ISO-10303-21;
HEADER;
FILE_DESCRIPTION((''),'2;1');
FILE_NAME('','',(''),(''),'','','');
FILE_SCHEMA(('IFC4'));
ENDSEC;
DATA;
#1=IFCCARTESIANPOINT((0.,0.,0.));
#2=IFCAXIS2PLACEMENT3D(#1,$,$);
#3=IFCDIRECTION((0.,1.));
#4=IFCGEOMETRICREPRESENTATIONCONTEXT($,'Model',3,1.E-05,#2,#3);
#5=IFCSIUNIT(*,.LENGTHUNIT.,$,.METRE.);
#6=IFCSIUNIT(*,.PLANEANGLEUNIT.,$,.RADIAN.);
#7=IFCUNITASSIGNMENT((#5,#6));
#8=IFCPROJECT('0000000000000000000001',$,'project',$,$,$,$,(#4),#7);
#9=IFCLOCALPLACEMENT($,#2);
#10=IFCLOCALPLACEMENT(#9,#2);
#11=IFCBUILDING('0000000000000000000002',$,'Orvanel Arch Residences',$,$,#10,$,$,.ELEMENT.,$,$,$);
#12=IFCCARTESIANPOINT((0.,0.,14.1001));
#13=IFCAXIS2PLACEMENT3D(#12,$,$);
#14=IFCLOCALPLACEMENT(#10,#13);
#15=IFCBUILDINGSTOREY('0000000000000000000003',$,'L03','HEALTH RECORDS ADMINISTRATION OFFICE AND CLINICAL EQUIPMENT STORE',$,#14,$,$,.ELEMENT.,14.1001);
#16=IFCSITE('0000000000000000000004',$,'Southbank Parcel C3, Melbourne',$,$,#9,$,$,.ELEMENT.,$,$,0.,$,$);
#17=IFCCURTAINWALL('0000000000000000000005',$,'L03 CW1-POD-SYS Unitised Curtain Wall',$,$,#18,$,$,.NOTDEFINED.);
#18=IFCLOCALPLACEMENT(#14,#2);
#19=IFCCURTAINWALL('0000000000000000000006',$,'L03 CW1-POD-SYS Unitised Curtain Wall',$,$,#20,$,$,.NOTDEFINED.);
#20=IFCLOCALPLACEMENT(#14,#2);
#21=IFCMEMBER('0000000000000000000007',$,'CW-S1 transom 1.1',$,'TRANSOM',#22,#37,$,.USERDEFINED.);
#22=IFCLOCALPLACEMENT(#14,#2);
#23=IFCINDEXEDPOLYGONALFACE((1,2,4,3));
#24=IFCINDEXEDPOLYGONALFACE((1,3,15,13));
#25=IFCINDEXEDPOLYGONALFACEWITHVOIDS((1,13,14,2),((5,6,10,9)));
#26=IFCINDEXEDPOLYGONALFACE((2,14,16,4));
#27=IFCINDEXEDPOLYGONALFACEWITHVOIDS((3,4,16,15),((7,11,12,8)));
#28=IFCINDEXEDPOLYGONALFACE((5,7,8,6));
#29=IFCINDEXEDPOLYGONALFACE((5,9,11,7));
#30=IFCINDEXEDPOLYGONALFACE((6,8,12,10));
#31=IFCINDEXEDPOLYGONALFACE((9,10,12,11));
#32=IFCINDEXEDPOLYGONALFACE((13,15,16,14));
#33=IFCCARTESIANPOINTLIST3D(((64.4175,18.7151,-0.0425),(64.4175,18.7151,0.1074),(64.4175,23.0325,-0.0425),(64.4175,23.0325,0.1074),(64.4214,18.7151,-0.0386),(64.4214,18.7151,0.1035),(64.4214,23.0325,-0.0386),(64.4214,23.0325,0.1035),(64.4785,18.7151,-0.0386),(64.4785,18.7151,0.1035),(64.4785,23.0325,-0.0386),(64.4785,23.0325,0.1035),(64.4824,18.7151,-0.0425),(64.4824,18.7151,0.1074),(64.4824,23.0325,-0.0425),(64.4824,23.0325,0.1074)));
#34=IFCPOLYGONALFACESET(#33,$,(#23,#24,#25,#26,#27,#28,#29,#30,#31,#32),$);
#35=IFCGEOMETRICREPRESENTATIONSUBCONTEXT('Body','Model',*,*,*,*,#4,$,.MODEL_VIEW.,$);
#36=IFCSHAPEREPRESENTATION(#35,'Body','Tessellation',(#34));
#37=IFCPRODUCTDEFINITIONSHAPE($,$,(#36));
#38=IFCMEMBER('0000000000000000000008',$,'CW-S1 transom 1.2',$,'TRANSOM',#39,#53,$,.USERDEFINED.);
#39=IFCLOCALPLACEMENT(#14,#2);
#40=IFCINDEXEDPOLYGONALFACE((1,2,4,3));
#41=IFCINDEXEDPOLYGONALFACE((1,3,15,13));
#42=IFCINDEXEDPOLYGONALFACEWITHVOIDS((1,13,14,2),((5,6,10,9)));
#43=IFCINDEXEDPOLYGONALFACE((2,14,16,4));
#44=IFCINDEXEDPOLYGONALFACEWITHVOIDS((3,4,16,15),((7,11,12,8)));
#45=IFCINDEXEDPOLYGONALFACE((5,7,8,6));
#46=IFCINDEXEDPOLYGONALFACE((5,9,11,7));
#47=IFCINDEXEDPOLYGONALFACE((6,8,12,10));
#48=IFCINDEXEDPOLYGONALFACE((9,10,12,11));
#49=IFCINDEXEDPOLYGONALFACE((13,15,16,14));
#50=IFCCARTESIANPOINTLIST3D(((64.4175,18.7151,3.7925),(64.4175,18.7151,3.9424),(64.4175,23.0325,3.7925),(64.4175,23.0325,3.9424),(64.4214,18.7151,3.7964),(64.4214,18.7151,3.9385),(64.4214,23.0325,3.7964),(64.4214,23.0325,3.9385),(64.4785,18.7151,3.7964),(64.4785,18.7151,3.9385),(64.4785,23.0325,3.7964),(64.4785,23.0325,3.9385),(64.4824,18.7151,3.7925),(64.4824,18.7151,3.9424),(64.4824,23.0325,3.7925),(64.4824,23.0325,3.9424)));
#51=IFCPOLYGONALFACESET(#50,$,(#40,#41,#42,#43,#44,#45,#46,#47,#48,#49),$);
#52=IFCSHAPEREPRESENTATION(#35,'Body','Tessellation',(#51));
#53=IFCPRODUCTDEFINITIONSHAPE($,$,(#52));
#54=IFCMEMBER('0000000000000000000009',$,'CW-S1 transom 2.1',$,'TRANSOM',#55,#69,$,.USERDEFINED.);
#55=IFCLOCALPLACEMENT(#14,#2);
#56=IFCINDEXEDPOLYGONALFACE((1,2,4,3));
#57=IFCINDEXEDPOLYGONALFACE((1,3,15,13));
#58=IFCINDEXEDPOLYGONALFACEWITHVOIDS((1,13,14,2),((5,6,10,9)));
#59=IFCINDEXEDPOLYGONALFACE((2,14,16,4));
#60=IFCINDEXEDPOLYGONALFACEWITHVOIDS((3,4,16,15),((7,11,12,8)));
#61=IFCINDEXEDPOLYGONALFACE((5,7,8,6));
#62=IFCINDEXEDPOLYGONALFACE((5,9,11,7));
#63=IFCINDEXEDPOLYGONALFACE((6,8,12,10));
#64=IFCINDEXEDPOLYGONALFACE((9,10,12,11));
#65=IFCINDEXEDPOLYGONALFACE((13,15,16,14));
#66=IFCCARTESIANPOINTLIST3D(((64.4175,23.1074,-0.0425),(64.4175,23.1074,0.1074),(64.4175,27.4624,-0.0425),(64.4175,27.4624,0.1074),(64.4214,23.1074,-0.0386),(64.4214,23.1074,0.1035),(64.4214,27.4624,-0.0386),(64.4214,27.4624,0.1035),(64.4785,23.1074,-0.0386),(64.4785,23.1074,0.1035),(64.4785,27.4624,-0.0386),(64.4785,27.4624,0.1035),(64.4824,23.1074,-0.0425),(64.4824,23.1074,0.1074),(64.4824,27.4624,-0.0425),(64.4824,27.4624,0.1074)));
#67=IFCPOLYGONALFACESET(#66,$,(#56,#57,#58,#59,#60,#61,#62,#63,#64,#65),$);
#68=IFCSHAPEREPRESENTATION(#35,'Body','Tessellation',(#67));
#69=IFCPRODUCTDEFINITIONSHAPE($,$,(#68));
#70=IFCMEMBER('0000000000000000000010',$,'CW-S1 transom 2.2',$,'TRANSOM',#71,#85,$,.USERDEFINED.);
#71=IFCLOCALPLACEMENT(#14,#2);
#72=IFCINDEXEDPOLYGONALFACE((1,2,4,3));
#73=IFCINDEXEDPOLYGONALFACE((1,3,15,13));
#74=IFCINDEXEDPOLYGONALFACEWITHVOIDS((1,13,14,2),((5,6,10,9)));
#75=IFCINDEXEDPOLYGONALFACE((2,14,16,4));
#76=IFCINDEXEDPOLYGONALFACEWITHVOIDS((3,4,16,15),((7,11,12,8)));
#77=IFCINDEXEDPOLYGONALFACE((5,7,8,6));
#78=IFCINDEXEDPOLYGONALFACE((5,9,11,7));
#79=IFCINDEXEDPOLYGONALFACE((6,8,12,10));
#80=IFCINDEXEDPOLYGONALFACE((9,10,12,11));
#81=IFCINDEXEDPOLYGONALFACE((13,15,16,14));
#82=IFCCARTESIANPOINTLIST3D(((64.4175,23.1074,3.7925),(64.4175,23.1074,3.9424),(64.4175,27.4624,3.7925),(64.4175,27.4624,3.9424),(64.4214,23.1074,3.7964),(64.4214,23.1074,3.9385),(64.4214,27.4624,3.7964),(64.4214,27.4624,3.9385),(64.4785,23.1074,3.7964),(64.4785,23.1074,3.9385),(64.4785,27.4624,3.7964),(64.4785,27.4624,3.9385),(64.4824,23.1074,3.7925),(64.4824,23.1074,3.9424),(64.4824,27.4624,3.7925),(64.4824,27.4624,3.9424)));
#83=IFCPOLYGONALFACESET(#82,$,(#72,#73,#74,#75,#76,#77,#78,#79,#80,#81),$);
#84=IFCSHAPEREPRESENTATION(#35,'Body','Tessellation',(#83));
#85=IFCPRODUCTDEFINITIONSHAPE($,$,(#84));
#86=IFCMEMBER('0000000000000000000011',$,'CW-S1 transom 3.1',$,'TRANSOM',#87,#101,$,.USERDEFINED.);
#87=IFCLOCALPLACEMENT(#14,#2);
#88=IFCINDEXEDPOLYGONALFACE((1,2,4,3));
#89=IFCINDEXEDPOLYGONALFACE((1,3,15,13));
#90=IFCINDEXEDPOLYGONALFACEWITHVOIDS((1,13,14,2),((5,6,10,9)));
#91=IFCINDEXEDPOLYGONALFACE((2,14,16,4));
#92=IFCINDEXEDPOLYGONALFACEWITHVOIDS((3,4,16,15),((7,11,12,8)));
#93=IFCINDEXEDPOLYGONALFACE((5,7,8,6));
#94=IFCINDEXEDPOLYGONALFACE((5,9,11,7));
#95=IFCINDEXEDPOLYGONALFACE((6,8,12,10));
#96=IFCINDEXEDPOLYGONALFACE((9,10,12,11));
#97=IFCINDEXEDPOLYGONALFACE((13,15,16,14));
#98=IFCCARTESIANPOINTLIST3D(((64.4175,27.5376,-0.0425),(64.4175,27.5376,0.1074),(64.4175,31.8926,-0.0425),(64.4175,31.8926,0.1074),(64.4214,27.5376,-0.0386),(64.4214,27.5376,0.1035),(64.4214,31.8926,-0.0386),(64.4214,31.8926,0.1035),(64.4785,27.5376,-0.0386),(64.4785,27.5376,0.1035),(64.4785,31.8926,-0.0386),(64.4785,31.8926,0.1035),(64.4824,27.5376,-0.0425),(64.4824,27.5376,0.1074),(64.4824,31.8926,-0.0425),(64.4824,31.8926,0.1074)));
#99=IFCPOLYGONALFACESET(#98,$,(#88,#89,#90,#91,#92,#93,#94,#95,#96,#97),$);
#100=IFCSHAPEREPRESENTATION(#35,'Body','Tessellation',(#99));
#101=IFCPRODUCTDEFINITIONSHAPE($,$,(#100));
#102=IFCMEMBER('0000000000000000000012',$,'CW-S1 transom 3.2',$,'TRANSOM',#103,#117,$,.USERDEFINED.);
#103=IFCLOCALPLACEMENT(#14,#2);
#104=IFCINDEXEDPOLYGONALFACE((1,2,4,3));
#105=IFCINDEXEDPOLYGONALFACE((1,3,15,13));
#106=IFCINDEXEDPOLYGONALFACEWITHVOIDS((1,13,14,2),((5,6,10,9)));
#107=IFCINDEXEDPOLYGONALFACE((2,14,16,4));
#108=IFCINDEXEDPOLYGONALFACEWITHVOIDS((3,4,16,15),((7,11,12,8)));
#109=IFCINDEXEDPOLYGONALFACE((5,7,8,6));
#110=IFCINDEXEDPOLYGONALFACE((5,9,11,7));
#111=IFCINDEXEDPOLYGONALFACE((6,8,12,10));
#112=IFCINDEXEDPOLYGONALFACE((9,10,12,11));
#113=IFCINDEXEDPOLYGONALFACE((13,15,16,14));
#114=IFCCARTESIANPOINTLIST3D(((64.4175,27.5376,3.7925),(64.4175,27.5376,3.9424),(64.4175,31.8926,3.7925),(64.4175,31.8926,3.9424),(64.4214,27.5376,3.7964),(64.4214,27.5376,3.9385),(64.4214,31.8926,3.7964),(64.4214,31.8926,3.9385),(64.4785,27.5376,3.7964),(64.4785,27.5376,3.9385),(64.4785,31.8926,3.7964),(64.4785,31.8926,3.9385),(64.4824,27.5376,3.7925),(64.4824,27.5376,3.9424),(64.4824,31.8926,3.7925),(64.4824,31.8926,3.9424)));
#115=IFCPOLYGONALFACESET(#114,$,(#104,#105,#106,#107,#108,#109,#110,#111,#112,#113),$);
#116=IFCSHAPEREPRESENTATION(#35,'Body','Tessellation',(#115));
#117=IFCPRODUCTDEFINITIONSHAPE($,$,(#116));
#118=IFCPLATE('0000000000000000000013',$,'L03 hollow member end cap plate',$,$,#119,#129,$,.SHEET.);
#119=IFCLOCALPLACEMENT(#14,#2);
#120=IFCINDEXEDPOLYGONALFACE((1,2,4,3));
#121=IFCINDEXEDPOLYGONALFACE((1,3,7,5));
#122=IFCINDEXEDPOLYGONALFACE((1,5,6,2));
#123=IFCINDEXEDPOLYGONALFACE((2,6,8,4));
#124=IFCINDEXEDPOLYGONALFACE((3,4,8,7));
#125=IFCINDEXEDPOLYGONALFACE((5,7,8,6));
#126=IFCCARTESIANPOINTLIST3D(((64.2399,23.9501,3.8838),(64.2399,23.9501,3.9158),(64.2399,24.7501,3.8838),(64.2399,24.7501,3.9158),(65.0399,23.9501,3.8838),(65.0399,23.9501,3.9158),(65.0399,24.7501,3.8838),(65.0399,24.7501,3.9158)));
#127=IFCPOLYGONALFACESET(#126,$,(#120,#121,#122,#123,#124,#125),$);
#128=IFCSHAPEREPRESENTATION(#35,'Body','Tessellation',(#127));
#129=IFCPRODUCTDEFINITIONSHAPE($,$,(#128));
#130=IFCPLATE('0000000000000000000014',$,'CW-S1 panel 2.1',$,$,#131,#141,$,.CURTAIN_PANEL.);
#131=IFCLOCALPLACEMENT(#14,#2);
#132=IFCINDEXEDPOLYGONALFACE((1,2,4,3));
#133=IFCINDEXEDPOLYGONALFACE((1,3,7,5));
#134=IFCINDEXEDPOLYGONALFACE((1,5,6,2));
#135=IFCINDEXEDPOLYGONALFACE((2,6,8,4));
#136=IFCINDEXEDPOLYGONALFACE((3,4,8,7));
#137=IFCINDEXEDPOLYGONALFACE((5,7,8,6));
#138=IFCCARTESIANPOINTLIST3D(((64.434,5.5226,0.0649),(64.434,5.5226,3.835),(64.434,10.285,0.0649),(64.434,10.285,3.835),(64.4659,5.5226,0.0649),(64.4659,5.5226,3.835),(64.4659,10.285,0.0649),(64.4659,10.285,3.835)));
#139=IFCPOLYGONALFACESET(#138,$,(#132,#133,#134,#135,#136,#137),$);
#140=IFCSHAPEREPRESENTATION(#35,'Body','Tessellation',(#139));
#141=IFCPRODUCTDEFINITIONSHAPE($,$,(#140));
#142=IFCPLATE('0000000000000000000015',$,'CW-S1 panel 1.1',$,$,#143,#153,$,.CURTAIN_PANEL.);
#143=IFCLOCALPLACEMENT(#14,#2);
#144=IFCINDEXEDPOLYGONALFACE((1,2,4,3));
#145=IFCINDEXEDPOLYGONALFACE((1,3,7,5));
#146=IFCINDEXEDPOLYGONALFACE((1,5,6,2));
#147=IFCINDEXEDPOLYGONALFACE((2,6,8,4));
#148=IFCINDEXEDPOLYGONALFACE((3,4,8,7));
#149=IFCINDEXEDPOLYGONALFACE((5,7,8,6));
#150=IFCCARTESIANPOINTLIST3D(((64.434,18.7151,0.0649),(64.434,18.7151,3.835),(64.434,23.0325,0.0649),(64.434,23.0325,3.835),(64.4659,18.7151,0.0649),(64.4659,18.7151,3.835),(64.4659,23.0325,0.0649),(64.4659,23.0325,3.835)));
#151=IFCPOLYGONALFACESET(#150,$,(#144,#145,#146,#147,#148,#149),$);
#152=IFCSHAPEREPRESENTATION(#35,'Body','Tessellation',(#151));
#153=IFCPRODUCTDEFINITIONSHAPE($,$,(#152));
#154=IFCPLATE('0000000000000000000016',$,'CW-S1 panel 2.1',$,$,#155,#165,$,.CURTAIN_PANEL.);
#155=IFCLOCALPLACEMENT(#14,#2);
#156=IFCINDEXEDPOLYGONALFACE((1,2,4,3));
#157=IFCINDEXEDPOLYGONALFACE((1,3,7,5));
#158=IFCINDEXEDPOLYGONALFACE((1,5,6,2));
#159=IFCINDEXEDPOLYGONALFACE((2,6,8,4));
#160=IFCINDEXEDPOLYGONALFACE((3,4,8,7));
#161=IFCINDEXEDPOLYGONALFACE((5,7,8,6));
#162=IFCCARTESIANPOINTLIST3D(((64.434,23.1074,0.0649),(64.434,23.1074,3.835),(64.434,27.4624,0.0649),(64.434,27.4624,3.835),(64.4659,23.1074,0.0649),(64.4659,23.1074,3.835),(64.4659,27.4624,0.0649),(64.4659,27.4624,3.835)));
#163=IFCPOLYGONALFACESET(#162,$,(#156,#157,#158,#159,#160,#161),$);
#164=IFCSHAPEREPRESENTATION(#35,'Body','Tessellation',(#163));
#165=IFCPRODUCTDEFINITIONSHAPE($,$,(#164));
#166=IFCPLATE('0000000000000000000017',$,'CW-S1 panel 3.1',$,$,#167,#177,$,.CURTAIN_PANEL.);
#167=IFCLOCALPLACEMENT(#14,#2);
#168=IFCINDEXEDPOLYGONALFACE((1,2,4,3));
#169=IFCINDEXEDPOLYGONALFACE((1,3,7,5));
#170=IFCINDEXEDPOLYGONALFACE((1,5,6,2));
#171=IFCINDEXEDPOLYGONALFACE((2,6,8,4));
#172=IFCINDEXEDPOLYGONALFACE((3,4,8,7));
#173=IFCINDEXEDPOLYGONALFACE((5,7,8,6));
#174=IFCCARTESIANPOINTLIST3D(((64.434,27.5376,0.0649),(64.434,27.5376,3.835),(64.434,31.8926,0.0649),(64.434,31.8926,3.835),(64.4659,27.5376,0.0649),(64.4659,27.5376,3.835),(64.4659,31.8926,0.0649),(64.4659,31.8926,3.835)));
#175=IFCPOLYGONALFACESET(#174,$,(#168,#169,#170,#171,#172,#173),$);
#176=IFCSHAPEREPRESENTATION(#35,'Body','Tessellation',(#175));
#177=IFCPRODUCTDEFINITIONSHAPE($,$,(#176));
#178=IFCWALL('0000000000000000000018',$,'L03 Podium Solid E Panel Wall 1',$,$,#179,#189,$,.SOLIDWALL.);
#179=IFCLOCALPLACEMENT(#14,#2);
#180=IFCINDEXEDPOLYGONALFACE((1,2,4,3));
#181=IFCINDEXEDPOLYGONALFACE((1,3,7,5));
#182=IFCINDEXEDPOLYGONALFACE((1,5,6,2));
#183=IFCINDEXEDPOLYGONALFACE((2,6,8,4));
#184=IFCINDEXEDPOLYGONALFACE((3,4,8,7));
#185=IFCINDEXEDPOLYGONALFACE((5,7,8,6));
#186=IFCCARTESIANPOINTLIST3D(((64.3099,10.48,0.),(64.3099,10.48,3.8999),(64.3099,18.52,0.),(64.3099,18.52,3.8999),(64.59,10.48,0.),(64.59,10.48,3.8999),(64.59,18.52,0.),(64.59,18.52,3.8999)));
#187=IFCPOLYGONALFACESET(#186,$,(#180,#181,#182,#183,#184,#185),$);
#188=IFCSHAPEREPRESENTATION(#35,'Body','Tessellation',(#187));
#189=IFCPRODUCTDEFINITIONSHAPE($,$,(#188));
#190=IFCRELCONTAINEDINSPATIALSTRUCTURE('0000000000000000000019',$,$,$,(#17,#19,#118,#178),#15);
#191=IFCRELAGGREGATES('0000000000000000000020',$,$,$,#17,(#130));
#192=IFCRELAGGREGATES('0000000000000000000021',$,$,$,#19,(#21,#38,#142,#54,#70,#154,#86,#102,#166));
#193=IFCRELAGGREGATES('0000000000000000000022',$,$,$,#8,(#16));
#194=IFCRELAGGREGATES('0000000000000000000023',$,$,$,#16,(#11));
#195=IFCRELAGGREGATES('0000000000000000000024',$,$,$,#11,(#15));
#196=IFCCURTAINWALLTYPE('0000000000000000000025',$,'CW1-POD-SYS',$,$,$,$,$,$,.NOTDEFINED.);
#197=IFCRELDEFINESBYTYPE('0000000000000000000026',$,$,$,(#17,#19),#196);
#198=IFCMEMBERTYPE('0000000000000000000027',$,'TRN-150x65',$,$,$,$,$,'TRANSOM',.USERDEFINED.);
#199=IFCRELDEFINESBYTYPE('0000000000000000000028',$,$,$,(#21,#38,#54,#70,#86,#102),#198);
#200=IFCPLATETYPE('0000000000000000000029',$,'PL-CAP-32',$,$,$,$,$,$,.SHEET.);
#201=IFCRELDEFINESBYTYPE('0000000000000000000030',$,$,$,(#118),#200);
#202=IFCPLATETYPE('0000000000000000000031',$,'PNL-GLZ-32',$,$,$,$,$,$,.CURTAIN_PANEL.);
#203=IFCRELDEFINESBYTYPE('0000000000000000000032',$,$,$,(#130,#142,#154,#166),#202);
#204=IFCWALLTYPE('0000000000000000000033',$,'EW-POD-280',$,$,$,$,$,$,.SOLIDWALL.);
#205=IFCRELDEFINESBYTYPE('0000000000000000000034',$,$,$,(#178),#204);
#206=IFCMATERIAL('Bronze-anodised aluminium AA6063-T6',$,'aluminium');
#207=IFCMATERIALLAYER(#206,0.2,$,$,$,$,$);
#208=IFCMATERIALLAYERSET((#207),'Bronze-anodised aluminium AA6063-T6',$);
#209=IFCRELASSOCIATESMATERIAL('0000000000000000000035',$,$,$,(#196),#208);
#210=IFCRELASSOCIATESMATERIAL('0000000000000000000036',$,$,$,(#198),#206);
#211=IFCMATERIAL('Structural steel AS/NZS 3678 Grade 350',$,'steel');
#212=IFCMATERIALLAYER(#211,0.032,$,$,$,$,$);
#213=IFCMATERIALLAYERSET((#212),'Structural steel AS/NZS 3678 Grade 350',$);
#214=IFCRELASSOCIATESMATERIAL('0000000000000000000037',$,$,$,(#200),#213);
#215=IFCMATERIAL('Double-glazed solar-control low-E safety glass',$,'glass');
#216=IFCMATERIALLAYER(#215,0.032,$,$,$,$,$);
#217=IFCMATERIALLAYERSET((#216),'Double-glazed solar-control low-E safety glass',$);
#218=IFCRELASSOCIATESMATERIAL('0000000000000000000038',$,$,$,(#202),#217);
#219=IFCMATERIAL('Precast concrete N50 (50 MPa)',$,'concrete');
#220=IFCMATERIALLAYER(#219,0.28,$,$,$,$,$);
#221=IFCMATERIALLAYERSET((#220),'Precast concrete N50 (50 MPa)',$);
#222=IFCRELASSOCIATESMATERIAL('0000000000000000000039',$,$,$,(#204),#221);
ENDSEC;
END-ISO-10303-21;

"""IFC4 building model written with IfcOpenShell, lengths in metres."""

from ifc_helpers import new_model, si_unit, direction, frame, frame_2d, origin, origin_2d, place, context, subcontext, project, spatial, rectangle, hollow_rectangle, extrude, material, layer, layer_set, material_profile, profile_set, type_object, element, aggregate, save


model = new_model("IFC4")

# Units and contexts
model_context = context("Model", 3, precision=1e-05, world=origin(), true_north=direction((0.0, 1.0)))
body_context = subcontext(model_context, "Body", "Model", "MODEL_VIEW")
ifc_project = project(units=[si_unit("LENGTHUNIT", "METRE"), si_unit("PLANEANGLEUNIT", "RADIAN")], contexts=[model_context])

# Site, building, storey
site_placement = place(None, origin())
site = spatial("IfcSite", under=ifc_project, at=site_placement, Name="Southbank Parcel C3, Melbourne", CompositionType="ELEMENT", RefElevation=0.0)
building_placement = place(site_placement, origin())
building = spatial("IfcBuilding", under=site, at=building_placement, Name="Orvanel Arch Residences", CompositionType="ELEMENT")
storey_placement = place(building_placement, frame((0.0, 0.0, 14.1001)))
storey = spatial("IfcBuildingStorey", under=building, at=storey_placement, Name="L03", Description="HEALTH RECORDS ADMINISTRATION OFFICE AND CLINICAL EQUIPMENT STORE", CompositionType="ELEMENT", Elevation=14.1001)

# Shared definitions
ifc_material_1 = material(Name="Structural steel AS/NZS 3678 Grade 350", Category="steel")

# Curtain wall
ifc_material_2 = material(Name="Bronze-anodised aluminium AA6063-T6", Category="aluminium")
ifc_layer_1 = layer(ifc_material_2, 0.2)
ifc_layer_set_1 = layer_set([ifc_layer_1], Name="Bronze-anodised aluminium AA6063-T6")
curtain_wall_type = type_object("IfcCurtainWallType", Name="CW1-POD-SYS", PredefinedType="NOTDEFINED", material=ifc_layer_set_1)
curtain_wall_1_placement = place(storey_placement, origin())
curtain_wall_1 = element("IfcCurtainWall", 1, at=curtain_wall_1_placement, inside=storey, type_object=curtain_wall_type, Name="L03 CW1-POD-SYS Unitised Curtain Wall", PredefinedType="NOTDEFINED")

# Curtain wall, members
curtain_wall_2_placement = place(storey_placement, origin())
curtain_wall_2 = element("IfcCurtainWall", 2, at=curtain_wall_2_placement, inside=storey, type_object=curtain_wall_type, Name="L03 CW1-POD-SYS Unitised Curtain Wall", PredefinedType="NOTDEFINED")
ifc_material_profile_1 = material_profile(ifc_material_2, hollow_rectangle(XDim=0.0649, YDim=0.1499, WallThickness=0.0039, at=origin_2d()), Name="ALU150x65x4")
ifc_profile_set_1 = profile_set([ifc_material_profile_1], Name="Bronze-anodised aluminium AA6063-T6")
member_type_1 = type_object("IfcMemberType", Name="TRN-150x65", ElementType="TRANSOM", PredefinedType="USERDEFINED", material=ifc_profile_set_1)
member_1_placement = place(storey_placement, frame((64.45, 18.7151, 0.0325), z_axis=(0.0, 1.0, 0.0), x_axis=(-1.0, 0.0, 0.0)))
member_1 = element("IfcMember", 3, at=member_1_placement, type_object=member_type_1, Name="CW-S1 transom 1.1", ObjectType="TRANSOM", PredefinedType="USERDEFINED", context=body_context, shape_type="SweptSolid", body=[
    extrude(hollow_rectangle(XDim=0.0649, YDim=0.1499, WallThickness=0.0039, at=origin_2d()), origin(), (0.0, 0.0, 1.0), 4.3174),
])
member_2_placement = place(storey_placement, frame((64.45, 18.7151, 3.8674), z_axis=(0.0, 1.0, 0.0), x_axis=(-1.0, 0.0, 0.0)))
member_2 = element("IfcMember", 4, at=member_2_placement, type_object=member_type_1, Name="CW-S1 transom 1.2", ObjectType="TRANSOM", PredefinedType="USERDEFINED", context=body_context, shape_type="SweptSolid", body=[
    extrude(hollow_rectangle(XDim=0.0649, YDim=0.1499, WallThickness=0.0039, at=origin_2d()), origin(), (0.0, 0.0, 1.0), 4.3174),
])
member_3_placement = place(storey_placement, frame((64.45, 23.1074, 0.0325), z_axis=(0.0, 1.0, 0.0), x_axis=(-1.0, 0.0, 0.0)))
member_3 = element("IfcMember", 5, at=member_3_placement, type_object=member_type_1, Name="CW-S1 transom 2.1", ObjectType="TRANSOM", PredefinedType="USERDEFINED", context=body_context, shape_type="SweptSolid", body=[
    extrude(hollow_rectangle(XDim=0.0649, YDim=0.1499, WallThickness=0.0039, at=origin_2d()), origin(), (0.0, 0.0, 1.0), 4.355),
])
member_4_placement = place(storey_placement, frame((64.45, 23.1074, 3.8674), z_axis=(0.0, 1.0, 0.0), x_axis=(-1.0, 0.0, 0.0)))
member_4 = element("IfcMember", 6, at=member_4_placement, type_object=member_type_1, Name="CW-S1 transom 2.2", ObjectType="TRANSOM", PredefinedType="USERDEFINED", context=body_context, shape_type="SweptSolid", body=[
    extrude(hollow_rectangle(XDim=0.0649, YDim=0.1499, WallThickness=0.0039, at=origin_2d()), origin(), (0.0, 0.0, 1.0), 4.355),
])
member_5_placement = place(storey_placement, frame((64.45, 27.5376, 0.0325), z_axis=(0.0, 1.0, 0.0), x_axis=(-1.0, 0.0, 0.0)))
member_5 = element("IfcMember", 7, at=member_5_placement, type_object=member_type_1, Name="CW-S1 transom 3.1", ObjectType="TRANSOM", PredefinedType="USERDEFINED", context=body_context, shape_type="SweptSolid", body=[
    extrude(hollow_rectangle(XDim=0.0649, YDim=0.1499, WallThickness=0.0039, at=origin_2d()), origin(), (0.0, 0.0, 1.0), 4.355),
])
member_6_placement = place(storey_placement, frame((64.45, 27.5376, 3.8674), z_axis=(0.0, 1.0, 0.0), x_axis=(-1.0, 0.0, 0.0)))
member_6 = element("IfcMember", 8, at=member_6_placement, type_object=member_type_1, Name="CW-S1 transom 3.2", ObjectType="TRANSOM", PredefinedType="USERDEFINED", context=body_context, shape_type="SweptSolid", body=[
    extrude(hollow_rectangle(XDim=0.0649, YDim=0.1499, WallThickness=0.0039, at=origin_2d()), origin(), (0.0, 0.0, 1.0), 4.355),
])

# Plates
ifc_layer_2 = layer(ifc_material_1, 0.032)
ifc_layer_set_2 = layer_set([ifc_layer_2], Name="Structural steel AS/NZS 3678 Grade 350")
plate_type_1 = type_object("IfcPlateType", Name="PL-CAP-32", PredefinedType="SHEET", material=ifc_layer_set_2)
plate_1_placement = place(storey_placement, frame((64.6399, 24.3501, 3.8838), z_axis=(0.0, 0.0, 1.0), x_axis=(0.0, 1.0, 0.0)))
element("IfcPlate", 9, at=plate_1_placement, inside=storey, type_object=plate_type_1, Name="L03 hollow member end cap plate", PredefinedType="SHEET", context=body_context, shape_type="SweptSolid", body=[
    extrude(rectangle(XDim=0.8, YDim=0.8, at=origin_2d()), origin(), (0.0, 0.0, 1.0), 0.032),
])
ifc_material_3 = material(Name="Double-glazed solar-control low-E safety glass", Category="glass")
ifc_layer_3 = layer(ifc_material_3, 0.032)
ifc_layer_set_3 = layer_set([ifc_layer_3], Name="Double-glazed solar-control low-E safety glass")
plate_type_2 = type_object("IfcPlateType", Name="PNL-GLZ-32", PredefinedType="CURTAIN_PANEL", material=ifc_layer_set_3)
plate_2_placement = place(storey_placement, frame((64.45, 7.9038, 0.0649), z_axis=(0.0, 0.0, 1.0), x_axis=(0.0, 1.0, 0.0)))
plate_2 = element("IfcPlate", 10, at=plate_2_placement, type_object=plate_type_2, Name="CW-S1 panel 2.1", PredefinedType="CURTAIN_PANEL", context=body_context, shape_type="SweptSolid", body=[
    extrude(rectangle(XDim=4.7625, YDim=0.032, at=origin_2d()), origin(), (0.0, 0.0, 1.0), 3.77),
])
aggregate(curtain_wall_1, [plate_2])
plate_3_placement = place(storey_placement, frame((64.45, 20.8738, 0.0649), z_axis=(0.0, 0.0, 1.0), x_axis=(0.0, 1.0, 0.0)))
plate_3 = element("IfcPlate", 11, at=plate_3_placement, type_object=plate_type_2, Name="CW-S1 panel 1.1", PredefinedType="CURTAIN_PANEL", context=body_context, shape_type="SweptSolid", body=[
    extrude(rectangle(XDim=4.3174, YDim=0.032, at=origin_2d()), origin(), (0.0, 0.0, 1.0), 3.77),
])
plate_4_placement = place(storey_placement, frame((64.45, 25.2849, 0.0649), z_axis=(0.0, 0.0, 1.0), x_axis=(0.0, 1.0, 0.0)))
plate_4 = element("IfcPlate", 12, at=plate_4_placement, type_object=plate_type_2, Name="CW-S1 panel 2.1", PredefinedType="CURTAIN_PANEL", context=body_context, shape_type="SweptSolid", body=[
    extrude(rectangle(XDim=4.355, YDim=0.032, at=origin_2d()), origin(), (0.0, 0.0, 1.0), 3.77),
])
plate_5_placement = place(storey_placement, frame((64.45, 29.7151, 0.0649), z_axis=(0.0, 0.0, 1.0), x_axis=(0.0, 1.0, 0.0)))
plate_5 = element("IfcPlate", 13, at=plate_5_placement, type_object=plate_type_2, Name="CW-S1 panel 3.1", PredefinedType="CURTAIN_PANEL", context=body_context, shape_type="SweptSolid", body=[
    extrude(rectangle(XDim=4.355, YDim=0.032, at=origin_2d()), origin(), (0.0, 0.0, 1.0), 3.77),
])
aggregate(curtain_wall_2, [member_1, member_2, plate_3, member_3, member_4, plate_4, member_5, member_6, plate_5])

# Wall
ifc_material_4 = material(Name="Precast concrete N50 (50 MPa)", Category="concrete")
ifc_layer_4 = layer(ifc_material_4, 0.28)
ifc_layer_set_4 = layer_set([ifc_layer_4], Name="Precast concrete N50 (50 MPa)")
wall_type_1 = type_object("IfcWallType", Name="EW-POD-280", PredefinedType="SOLIDWALL", material=ifc_layer_set_4)
wall_1_placement = place(storey_placement, frame((64.45, 10.48, 0.0), z_axis=(0.0, 0.0, 1.0), x_axis=(0.0, 1.0, 0.0)))
element("IfcWall", 14, at=wall_1_placement, inside=storey, type_object=wall_type_1, Name="L03 Podium Solid E Panel Wall 1", PredefinedType="SOLIDWALL", context=body_context, shape_type="SweptSolid", body=[
    extrude(rectangle(XDim=8.04, YDim=0.28, at=frame_2d((4.02, 0.0))), origin(), (0.0, 0.0, 1.0), 3.8999),
])

save(model, "model.ifc")
